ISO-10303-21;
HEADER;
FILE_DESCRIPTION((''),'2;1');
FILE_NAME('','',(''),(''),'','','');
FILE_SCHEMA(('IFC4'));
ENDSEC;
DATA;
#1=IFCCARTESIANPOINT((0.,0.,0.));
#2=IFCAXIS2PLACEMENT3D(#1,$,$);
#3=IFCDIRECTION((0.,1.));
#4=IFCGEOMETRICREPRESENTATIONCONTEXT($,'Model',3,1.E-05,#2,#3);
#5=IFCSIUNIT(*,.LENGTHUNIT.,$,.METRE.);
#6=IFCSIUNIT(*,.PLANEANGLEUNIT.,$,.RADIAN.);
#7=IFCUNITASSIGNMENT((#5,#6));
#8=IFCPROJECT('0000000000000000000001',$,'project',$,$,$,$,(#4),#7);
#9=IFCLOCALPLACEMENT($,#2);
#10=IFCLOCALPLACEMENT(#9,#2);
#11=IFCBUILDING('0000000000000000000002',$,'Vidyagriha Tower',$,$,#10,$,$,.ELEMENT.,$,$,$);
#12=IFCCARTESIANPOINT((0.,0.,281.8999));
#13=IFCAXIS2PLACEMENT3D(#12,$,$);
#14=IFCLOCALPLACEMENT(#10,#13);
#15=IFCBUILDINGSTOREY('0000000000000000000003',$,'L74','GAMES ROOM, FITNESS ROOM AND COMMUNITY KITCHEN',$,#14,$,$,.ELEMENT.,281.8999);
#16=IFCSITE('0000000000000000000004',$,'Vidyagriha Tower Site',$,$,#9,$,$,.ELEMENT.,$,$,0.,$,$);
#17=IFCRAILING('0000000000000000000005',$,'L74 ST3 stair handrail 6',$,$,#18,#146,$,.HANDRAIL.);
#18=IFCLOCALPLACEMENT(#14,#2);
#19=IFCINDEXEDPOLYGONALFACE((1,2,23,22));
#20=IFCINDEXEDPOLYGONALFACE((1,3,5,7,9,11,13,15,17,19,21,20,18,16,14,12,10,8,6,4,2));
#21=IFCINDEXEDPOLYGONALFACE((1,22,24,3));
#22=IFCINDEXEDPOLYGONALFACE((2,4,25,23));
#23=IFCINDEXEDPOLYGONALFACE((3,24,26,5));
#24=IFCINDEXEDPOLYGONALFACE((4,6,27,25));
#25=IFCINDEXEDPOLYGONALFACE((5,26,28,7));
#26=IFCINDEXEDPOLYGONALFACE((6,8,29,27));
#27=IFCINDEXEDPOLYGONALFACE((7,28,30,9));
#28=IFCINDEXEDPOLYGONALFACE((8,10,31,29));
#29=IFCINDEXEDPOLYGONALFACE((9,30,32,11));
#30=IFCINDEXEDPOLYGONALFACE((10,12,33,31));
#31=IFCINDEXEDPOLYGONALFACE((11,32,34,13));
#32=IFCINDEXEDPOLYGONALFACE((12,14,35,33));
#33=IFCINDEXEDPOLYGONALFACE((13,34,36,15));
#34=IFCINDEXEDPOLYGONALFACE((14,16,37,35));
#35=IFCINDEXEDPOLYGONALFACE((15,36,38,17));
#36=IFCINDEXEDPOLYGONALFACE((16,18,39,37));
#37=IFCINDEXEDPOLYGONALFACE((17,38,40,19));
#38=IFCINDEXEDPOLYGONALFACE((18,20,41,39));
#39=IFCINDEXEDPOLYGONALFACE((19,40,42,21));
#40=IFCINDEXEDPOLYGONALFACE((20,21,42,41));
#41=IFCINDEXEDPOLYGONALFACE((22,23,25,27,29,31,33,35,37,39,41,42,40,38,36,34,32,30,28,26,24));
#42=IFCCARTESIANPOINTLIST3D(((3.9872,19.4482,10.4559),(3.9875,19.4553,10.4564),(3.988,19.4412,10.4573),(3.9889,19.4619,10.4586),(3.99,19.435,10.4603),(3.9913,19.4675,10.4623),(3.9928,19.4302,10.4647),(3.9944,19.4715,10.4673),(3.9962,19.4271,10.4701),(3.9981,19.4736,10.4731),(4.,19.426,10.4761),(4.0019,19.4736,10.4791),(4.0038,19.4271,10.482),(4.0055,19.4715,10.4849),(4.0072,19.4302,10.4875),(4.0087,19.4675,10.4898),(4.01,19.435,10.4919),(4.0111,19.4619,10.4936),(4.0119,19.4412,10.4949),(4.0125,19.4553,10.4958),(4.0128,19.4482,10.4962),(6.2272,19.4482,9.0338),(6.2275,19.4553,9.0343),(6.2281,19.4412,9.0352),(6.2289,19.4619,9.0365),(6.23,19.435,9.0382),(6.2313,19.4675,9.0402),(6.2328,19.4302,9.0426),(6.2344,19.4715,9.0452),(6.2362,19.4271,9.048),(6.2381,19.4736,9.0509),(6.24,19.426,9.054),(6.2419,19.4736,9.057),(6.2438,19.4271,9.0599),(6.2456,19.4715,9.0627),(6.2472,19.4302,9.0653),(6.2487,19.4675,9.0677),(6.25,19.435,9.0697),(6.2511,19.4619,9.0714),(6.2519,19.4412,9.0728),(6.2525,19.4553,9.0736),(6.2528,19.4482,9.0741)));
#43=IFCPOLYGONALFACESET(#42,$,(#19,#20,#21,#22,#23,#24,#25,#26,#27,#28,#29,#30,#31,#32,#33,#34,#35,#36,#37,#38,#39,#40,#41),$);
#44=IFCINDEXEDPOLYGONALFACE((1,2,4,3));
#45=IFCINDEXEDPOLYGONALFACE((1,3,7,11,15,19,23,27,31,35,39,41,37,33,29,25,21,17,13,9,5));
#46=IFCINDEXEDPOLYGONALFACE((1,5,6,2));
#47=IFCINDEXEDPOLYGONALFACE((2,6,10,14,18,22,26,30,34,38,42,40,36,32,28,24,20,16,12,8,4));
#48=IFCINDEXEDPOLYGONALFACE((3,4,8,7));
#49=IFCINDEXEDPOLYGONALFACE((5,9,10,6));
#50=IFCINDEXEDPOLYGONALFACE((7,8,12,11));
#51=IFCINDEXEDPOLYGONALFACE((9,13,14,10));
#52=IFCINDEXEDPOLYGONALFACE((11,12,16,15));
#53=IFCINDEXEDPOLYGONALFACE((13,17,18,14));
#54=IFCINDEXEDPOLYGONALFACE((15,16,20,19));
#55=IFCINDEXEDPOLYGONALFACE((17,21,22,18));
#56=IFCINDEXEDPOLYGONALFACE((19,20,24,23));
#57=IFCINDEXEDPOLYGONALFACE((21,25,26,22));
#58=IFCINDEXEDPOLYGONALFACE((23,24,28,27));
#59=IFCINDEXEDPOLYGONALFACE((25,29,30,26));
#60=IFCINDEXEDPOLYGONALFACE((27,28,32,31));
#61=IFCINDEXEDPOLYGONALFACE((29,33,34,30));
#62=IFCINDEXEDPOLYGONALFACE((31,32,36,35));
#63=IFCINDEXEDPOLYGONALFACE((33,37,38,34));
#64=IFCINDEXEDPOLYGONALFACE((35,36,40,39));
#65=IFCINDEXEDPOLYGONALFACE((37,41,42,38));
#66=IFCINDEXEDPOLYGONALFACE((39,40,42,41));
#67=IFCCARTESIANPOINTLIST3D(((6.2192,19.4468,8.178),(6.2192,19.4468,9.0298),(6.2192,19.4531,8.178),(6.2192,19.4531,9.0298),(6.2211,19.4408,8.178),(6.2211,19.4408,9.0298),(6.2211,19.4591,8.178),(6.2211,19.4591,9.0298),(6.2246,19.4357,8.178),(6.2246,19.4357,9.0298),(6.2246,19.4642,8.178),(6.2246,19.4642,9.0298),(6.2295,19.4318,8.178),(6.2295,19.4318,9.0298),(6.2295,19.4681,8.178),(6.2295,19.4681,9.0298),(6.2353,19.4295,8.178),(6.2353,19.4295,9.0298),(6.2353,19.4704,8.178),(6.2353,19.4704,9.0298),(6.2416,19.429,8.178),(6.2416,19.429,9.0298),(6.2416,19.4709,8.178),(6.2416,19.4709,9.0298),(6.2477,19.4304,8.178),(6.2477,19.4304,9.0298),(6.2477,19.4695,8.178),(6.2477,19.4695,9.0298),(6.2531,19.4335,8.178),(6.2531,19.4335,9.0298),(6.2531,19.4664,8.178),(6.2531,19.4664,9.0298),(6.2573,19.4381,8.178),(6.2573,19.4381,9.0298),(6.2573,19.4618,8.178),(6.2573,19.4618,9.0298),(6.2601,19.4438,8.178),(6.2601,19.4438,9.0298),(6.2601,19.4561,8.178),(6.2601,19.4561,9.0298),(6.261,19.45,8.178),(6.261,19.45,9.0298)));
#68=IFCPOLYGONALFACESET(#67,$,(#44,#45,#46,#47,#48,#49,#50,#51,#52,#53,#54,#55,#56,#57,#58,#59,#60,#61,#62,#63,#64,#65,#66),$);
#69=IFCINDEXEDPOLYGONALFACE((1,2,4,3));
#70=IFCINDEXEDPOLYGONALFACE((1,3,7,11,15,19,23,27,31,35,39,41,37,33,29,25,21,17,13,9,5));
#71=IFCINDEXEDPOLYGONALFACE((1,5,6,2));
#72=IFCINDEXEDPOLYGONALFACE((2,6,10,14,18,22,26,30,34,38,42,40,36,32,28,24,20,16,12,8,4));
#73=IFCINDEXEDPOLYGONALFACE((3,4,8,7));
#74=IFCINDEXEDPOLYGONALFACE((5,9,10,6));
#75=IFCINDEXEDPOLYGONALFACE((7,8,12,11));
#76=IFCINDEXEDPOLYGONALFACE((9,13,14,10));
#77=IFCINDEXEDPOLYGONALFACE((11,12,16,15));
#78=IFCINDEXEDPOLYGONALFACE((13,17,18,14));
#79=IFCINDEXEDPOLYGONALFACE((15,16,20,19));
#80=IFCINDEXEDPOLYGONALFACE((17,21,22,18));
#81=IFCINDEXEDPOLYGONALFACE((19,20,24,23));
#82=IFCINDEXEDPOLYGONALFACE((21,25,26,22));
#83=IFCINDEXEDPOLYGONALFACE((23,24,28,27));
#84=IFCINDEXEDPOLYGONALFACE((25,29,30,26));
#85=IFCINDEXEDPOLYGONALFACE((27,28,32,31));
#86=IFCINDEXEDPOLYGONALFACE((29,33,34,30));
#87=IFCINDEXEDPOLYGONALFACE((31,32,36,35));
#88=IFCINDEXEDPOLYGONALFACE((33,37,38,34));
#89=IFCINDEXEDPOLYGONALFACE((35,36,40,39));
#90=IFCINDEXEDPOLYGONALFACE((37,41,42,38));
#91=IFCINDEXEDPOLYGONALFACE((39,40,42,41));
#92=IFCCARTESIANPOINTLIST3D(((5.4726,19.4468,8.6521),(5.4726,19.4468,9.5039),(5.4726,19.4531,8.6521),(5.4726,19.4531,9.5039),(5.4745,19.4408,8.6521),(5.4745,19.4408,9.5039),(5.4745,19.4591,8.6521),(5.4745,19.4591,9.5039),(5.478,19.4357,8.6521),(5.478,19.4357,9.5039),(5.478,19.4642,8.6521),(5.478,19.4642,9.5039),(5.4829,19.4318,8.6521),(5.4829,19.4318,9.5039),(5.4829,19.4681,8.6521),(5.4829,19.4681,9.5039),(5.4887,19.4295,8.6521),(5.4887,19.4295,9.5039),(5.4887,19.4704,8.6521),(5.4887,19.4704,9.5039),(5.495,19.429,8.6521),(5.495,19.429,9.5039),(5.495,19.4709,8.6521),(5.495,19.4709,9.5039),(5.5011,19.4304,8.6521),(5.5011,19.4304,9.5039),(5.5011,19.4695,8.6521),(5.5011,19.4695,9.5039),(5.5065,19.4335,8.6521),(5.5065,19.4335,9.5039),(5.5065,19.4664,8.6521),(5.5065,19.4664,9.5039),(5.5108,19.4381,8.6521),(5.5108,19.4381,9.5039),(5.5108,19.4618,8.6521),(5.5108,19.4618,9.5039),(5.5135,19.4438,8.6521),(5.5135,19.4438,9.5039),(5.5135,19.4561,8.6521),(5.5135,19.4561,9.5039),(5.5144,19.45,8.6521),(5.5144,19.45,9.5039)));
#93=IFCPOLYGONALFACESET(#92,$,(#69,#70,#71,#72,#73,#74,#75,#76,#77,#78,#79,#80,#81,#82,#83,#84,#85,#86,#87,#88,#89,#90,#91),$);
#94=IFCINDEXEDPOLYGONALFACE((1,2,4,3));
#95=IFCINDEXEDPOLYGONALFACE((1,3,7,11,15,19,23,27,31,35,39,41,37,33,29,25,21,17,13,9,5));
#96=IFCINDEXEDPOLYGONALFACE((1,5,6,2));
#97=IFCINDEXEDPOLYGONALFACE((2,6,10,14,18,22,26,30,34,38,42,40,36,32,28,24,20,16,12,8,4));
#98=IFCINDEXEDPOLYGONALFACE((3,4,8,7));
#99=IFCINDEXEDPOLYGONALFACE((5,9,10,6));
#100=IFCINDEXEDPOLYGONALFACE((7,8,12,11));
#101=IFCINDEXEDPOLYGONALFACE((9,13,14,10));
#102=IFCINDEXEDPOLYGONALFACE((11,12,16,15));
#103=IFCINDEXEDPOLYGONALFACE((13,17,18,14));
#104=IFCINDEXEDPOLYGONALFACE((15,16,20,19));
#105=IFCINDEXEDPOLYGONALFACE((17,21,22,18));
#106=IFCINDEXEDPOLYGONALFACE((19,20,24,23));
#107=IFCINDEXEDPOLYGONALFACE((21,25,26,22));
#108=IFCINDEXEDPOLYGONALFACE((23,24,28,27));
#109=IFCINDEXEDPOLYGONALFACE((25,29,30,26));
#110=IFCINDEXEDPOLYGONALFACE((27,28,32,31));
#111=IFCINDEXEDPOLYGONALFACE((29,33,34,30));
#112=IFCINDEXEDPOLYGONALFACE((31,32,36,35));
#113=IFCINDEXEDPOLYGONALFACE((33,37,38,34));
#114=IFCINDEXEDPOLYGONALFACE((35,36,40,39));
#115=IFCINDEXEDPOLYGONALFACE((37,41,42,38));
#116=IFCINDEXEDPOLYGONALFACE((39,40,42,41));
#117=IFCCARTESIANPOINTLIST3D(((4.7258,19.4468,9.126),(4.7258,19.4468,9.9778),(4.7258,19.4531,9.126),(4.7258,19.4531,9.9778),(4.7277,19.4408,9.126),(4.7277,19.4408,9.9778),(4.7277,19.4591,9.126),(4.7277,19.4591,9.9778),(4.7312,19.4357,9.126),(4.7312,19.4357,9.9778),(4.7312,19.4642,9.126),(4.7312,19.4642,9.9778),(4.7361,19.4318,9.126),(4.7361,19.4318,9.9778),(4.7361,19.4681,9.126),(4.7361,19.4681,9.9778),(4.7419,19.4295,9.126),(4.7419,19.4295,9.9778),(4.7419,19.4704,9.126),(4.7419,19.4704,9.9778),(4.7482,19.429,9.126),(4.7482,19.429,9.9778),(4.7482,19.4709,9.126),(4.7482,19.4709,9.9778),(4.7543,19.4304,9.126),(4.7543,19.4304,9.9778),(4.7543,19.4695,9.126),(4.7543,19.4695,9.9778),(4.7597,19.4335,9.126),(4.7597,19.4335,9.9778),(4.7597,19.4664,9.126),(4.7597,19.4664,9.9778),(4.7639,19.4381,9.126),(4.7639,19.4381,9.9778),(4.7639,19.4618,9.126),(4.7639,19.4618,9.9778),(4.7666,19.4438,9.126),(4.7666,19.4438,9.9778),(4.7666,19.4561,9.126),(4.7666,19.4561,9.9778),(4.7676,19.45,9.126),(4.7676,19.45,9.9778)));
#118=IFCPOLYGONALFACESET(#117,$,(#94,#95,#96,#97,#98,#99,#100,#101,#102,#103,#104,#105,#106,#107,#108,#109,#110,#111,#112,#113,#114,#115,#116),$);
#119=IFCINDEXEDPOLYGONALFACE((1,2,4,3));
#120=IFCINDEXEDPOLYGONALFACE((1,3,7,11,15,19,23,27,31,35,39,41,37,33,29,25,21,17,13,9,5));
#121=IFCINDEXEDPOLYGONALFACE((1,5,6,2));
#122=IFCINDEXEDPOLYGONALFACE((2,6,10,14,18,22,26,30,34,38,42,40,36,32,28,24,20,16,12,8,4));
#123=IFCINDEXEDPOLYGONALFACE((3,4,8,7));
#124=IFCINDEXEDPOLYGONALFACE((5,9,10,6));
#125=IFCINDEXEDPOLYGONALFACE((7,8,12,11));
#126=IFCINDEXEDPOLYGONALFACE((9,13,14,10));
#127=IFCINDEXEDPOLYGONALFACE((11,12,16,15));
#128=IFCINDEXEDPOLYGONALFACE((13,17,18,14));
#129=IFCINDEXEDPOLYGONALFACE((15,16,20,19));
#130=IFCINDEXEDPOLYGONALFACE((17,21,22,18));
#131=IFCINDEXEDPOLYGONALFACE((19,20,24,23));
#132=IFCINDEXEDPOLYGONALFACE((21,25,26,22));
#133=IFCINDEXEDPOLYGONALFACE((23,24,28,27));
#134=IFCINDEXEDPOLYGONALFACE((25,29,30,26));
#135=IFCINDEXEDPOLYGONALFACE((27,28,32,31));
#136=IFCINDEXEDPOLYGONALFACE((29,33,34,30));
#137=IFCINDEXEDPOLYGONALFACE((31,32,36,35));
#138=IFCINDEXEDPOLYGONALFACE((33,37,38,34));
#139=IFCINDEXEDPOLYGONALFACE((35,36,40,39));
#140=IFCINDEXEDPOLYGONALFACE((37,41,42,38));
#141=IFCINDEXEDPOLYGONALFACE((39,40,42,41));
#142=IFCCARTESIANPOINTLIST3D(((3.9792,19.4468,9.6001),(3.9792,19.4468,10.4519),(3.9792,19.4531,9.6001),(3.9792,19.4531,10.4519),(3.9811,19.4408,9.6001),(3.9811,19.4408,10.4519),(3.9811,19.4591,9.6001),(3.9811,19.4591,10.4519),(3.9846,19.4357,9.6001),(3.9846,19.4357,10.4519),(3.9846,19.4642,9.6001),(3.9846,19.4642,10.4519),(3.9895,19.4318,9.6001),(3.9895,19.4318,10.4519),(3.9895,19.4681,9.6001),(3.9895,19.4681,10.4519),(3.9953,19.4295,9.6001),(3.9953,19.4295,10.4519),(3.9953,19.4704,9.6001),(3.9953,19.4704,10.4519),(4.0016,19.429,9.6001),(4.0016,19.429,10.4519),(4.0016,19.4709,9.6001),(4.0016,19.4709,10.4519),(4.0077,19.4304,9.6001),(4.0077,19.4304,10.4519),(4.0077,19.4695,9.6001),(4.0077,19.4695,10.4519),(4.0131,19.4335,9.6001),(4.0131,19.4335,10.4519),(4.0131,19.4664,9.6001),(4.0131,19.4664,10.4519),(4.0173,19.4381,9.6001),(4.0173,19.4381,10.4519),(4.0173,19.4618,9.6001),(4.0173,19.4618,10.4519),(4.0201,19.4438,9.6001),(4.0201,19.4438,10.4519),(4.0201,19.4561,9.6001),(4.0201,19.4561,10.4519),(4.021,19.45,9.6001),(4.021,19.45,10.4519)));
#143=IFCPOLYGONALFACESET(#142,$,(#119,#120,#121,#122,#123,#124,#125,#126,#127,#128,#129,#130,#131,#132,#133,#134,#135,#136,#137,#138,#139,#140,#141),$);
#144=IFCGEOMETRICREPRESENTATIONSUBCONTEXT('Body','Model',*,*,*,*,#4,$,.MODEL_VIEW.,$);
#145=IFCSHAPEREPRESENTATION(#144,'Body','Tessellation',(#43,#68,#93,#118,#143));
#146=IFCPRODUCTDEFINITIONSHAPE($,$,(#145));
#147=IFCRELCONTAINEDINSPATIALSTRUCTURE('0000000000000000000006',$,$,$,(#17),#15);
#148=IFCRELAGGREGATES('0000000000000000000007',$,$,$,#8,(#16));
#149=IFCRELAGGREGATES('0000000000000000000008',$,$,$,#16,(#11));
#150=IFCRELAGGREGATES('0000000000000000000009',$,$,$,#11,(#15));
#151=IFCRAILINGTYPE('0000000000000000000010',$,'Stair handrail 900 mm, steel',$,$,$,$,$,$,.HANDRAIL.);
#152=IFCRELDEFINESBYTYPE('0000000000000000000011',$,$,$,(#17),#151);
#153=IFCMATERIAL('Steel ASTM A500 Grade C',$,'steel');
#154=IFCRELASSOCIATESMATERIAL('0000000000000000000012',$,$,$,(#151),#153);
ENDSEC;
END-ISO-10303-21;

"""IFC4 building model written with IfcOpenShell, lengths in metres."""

from ifc_helpers import new_model, si_unit, direction, frame, origin, origin_2d, place, context, subcontext, project, spatial, circle, extrude, material, type_object, element, save


model = new_model("IFC4")

# Units and contexts
model_context = context("Model", 3, precision=1e-05, world=origin(), true_north=direction((0.0, 1.0)))
body_context = subcontext(model_context, "Body", "Model", "MODEL_VIEW")
ifc_project = project(units=[si_unit("LENGTHUNIT", "METRE"), si_unit("PLANEANGLEUNIT", "RADIAN")], contexts=[model_context])

# Site, building, storey
site_placement = place(None, origin())
site = spatial("IfcSite", under=ifc_project, at=site_placement, Name="Vidyagriha Tower Site", CompositionType="ELEMENT", RefElevation=0.0)
building_placement = place(site_placement, origin())
building = spatial("IfcBuilding", under=site, at=building_placement, Name="Vidyagriha Tower", CompositionType="ELEMENT")
storey_placement = place(building_placement, frame((0.0, 0.0, 281.8999)))
storey = spatial("IfcBuildingStorey", under=building, at=storey_placement, Name="L74", Description="GAMES ROOM, FITNESS ROOM AND COMMUNITY KITCHEN", CompositionType="ELEMENT", Elevation=281.8999)

# Railing
ifc_material_1 = material(Name="Steel ASTM A500 Grade C", Category="steel")
railing_type_1 = type_object("IfcRailingType", Name="Stair handrail 900 mm, steel", PredefinedType="HANDRAIL", material=ifc_material_1)
railing_1_placement = place(storey_placement, frame((6.24, 19.45, 8.178)))
element("IfcRailing", 1, at=railing_1_placement, inside=storey, type_object=railing_type_1, Name="L74 ST3 stair handrail 6", PredefinedType="HANDRAIL", context=body_context, shape_type="SweptSolid", body=[
    extrude(circle(Radius=0.0239, at=origin_2d()), frame((0.0, 0.0, 0.876), z_axis=(-0.844229, 0.0, 0.535982), x_axis=(0.0, -1.0, 0.0)), (0.0, 0.0, 1.0), 2.6533),
    extrude(circle(Radius=0.021, at=origin_2d()), origin(), (0.0, 0.0, 1.0), 0.8518),
    extrude(circle(Radius=0.021, at=origin_2d()), frame((-0.7466, 0.0, 0.4741)), (0.0, 0.0, 1.0), 0.8518),
    extrude(circle(Radius=0.021, at=origin_2d()), frame((-1.4934, 0.0, 0.948)), (0.0, 0.0, 1.0), 0.8518),
    extrude(circle(Radius=0.021, at=origin_2d()), frame((-2.24, 0.0, 1.4221)), (0.0, 0.0, 1.0), 0.8518),
])

save(model, "model.ifc")
